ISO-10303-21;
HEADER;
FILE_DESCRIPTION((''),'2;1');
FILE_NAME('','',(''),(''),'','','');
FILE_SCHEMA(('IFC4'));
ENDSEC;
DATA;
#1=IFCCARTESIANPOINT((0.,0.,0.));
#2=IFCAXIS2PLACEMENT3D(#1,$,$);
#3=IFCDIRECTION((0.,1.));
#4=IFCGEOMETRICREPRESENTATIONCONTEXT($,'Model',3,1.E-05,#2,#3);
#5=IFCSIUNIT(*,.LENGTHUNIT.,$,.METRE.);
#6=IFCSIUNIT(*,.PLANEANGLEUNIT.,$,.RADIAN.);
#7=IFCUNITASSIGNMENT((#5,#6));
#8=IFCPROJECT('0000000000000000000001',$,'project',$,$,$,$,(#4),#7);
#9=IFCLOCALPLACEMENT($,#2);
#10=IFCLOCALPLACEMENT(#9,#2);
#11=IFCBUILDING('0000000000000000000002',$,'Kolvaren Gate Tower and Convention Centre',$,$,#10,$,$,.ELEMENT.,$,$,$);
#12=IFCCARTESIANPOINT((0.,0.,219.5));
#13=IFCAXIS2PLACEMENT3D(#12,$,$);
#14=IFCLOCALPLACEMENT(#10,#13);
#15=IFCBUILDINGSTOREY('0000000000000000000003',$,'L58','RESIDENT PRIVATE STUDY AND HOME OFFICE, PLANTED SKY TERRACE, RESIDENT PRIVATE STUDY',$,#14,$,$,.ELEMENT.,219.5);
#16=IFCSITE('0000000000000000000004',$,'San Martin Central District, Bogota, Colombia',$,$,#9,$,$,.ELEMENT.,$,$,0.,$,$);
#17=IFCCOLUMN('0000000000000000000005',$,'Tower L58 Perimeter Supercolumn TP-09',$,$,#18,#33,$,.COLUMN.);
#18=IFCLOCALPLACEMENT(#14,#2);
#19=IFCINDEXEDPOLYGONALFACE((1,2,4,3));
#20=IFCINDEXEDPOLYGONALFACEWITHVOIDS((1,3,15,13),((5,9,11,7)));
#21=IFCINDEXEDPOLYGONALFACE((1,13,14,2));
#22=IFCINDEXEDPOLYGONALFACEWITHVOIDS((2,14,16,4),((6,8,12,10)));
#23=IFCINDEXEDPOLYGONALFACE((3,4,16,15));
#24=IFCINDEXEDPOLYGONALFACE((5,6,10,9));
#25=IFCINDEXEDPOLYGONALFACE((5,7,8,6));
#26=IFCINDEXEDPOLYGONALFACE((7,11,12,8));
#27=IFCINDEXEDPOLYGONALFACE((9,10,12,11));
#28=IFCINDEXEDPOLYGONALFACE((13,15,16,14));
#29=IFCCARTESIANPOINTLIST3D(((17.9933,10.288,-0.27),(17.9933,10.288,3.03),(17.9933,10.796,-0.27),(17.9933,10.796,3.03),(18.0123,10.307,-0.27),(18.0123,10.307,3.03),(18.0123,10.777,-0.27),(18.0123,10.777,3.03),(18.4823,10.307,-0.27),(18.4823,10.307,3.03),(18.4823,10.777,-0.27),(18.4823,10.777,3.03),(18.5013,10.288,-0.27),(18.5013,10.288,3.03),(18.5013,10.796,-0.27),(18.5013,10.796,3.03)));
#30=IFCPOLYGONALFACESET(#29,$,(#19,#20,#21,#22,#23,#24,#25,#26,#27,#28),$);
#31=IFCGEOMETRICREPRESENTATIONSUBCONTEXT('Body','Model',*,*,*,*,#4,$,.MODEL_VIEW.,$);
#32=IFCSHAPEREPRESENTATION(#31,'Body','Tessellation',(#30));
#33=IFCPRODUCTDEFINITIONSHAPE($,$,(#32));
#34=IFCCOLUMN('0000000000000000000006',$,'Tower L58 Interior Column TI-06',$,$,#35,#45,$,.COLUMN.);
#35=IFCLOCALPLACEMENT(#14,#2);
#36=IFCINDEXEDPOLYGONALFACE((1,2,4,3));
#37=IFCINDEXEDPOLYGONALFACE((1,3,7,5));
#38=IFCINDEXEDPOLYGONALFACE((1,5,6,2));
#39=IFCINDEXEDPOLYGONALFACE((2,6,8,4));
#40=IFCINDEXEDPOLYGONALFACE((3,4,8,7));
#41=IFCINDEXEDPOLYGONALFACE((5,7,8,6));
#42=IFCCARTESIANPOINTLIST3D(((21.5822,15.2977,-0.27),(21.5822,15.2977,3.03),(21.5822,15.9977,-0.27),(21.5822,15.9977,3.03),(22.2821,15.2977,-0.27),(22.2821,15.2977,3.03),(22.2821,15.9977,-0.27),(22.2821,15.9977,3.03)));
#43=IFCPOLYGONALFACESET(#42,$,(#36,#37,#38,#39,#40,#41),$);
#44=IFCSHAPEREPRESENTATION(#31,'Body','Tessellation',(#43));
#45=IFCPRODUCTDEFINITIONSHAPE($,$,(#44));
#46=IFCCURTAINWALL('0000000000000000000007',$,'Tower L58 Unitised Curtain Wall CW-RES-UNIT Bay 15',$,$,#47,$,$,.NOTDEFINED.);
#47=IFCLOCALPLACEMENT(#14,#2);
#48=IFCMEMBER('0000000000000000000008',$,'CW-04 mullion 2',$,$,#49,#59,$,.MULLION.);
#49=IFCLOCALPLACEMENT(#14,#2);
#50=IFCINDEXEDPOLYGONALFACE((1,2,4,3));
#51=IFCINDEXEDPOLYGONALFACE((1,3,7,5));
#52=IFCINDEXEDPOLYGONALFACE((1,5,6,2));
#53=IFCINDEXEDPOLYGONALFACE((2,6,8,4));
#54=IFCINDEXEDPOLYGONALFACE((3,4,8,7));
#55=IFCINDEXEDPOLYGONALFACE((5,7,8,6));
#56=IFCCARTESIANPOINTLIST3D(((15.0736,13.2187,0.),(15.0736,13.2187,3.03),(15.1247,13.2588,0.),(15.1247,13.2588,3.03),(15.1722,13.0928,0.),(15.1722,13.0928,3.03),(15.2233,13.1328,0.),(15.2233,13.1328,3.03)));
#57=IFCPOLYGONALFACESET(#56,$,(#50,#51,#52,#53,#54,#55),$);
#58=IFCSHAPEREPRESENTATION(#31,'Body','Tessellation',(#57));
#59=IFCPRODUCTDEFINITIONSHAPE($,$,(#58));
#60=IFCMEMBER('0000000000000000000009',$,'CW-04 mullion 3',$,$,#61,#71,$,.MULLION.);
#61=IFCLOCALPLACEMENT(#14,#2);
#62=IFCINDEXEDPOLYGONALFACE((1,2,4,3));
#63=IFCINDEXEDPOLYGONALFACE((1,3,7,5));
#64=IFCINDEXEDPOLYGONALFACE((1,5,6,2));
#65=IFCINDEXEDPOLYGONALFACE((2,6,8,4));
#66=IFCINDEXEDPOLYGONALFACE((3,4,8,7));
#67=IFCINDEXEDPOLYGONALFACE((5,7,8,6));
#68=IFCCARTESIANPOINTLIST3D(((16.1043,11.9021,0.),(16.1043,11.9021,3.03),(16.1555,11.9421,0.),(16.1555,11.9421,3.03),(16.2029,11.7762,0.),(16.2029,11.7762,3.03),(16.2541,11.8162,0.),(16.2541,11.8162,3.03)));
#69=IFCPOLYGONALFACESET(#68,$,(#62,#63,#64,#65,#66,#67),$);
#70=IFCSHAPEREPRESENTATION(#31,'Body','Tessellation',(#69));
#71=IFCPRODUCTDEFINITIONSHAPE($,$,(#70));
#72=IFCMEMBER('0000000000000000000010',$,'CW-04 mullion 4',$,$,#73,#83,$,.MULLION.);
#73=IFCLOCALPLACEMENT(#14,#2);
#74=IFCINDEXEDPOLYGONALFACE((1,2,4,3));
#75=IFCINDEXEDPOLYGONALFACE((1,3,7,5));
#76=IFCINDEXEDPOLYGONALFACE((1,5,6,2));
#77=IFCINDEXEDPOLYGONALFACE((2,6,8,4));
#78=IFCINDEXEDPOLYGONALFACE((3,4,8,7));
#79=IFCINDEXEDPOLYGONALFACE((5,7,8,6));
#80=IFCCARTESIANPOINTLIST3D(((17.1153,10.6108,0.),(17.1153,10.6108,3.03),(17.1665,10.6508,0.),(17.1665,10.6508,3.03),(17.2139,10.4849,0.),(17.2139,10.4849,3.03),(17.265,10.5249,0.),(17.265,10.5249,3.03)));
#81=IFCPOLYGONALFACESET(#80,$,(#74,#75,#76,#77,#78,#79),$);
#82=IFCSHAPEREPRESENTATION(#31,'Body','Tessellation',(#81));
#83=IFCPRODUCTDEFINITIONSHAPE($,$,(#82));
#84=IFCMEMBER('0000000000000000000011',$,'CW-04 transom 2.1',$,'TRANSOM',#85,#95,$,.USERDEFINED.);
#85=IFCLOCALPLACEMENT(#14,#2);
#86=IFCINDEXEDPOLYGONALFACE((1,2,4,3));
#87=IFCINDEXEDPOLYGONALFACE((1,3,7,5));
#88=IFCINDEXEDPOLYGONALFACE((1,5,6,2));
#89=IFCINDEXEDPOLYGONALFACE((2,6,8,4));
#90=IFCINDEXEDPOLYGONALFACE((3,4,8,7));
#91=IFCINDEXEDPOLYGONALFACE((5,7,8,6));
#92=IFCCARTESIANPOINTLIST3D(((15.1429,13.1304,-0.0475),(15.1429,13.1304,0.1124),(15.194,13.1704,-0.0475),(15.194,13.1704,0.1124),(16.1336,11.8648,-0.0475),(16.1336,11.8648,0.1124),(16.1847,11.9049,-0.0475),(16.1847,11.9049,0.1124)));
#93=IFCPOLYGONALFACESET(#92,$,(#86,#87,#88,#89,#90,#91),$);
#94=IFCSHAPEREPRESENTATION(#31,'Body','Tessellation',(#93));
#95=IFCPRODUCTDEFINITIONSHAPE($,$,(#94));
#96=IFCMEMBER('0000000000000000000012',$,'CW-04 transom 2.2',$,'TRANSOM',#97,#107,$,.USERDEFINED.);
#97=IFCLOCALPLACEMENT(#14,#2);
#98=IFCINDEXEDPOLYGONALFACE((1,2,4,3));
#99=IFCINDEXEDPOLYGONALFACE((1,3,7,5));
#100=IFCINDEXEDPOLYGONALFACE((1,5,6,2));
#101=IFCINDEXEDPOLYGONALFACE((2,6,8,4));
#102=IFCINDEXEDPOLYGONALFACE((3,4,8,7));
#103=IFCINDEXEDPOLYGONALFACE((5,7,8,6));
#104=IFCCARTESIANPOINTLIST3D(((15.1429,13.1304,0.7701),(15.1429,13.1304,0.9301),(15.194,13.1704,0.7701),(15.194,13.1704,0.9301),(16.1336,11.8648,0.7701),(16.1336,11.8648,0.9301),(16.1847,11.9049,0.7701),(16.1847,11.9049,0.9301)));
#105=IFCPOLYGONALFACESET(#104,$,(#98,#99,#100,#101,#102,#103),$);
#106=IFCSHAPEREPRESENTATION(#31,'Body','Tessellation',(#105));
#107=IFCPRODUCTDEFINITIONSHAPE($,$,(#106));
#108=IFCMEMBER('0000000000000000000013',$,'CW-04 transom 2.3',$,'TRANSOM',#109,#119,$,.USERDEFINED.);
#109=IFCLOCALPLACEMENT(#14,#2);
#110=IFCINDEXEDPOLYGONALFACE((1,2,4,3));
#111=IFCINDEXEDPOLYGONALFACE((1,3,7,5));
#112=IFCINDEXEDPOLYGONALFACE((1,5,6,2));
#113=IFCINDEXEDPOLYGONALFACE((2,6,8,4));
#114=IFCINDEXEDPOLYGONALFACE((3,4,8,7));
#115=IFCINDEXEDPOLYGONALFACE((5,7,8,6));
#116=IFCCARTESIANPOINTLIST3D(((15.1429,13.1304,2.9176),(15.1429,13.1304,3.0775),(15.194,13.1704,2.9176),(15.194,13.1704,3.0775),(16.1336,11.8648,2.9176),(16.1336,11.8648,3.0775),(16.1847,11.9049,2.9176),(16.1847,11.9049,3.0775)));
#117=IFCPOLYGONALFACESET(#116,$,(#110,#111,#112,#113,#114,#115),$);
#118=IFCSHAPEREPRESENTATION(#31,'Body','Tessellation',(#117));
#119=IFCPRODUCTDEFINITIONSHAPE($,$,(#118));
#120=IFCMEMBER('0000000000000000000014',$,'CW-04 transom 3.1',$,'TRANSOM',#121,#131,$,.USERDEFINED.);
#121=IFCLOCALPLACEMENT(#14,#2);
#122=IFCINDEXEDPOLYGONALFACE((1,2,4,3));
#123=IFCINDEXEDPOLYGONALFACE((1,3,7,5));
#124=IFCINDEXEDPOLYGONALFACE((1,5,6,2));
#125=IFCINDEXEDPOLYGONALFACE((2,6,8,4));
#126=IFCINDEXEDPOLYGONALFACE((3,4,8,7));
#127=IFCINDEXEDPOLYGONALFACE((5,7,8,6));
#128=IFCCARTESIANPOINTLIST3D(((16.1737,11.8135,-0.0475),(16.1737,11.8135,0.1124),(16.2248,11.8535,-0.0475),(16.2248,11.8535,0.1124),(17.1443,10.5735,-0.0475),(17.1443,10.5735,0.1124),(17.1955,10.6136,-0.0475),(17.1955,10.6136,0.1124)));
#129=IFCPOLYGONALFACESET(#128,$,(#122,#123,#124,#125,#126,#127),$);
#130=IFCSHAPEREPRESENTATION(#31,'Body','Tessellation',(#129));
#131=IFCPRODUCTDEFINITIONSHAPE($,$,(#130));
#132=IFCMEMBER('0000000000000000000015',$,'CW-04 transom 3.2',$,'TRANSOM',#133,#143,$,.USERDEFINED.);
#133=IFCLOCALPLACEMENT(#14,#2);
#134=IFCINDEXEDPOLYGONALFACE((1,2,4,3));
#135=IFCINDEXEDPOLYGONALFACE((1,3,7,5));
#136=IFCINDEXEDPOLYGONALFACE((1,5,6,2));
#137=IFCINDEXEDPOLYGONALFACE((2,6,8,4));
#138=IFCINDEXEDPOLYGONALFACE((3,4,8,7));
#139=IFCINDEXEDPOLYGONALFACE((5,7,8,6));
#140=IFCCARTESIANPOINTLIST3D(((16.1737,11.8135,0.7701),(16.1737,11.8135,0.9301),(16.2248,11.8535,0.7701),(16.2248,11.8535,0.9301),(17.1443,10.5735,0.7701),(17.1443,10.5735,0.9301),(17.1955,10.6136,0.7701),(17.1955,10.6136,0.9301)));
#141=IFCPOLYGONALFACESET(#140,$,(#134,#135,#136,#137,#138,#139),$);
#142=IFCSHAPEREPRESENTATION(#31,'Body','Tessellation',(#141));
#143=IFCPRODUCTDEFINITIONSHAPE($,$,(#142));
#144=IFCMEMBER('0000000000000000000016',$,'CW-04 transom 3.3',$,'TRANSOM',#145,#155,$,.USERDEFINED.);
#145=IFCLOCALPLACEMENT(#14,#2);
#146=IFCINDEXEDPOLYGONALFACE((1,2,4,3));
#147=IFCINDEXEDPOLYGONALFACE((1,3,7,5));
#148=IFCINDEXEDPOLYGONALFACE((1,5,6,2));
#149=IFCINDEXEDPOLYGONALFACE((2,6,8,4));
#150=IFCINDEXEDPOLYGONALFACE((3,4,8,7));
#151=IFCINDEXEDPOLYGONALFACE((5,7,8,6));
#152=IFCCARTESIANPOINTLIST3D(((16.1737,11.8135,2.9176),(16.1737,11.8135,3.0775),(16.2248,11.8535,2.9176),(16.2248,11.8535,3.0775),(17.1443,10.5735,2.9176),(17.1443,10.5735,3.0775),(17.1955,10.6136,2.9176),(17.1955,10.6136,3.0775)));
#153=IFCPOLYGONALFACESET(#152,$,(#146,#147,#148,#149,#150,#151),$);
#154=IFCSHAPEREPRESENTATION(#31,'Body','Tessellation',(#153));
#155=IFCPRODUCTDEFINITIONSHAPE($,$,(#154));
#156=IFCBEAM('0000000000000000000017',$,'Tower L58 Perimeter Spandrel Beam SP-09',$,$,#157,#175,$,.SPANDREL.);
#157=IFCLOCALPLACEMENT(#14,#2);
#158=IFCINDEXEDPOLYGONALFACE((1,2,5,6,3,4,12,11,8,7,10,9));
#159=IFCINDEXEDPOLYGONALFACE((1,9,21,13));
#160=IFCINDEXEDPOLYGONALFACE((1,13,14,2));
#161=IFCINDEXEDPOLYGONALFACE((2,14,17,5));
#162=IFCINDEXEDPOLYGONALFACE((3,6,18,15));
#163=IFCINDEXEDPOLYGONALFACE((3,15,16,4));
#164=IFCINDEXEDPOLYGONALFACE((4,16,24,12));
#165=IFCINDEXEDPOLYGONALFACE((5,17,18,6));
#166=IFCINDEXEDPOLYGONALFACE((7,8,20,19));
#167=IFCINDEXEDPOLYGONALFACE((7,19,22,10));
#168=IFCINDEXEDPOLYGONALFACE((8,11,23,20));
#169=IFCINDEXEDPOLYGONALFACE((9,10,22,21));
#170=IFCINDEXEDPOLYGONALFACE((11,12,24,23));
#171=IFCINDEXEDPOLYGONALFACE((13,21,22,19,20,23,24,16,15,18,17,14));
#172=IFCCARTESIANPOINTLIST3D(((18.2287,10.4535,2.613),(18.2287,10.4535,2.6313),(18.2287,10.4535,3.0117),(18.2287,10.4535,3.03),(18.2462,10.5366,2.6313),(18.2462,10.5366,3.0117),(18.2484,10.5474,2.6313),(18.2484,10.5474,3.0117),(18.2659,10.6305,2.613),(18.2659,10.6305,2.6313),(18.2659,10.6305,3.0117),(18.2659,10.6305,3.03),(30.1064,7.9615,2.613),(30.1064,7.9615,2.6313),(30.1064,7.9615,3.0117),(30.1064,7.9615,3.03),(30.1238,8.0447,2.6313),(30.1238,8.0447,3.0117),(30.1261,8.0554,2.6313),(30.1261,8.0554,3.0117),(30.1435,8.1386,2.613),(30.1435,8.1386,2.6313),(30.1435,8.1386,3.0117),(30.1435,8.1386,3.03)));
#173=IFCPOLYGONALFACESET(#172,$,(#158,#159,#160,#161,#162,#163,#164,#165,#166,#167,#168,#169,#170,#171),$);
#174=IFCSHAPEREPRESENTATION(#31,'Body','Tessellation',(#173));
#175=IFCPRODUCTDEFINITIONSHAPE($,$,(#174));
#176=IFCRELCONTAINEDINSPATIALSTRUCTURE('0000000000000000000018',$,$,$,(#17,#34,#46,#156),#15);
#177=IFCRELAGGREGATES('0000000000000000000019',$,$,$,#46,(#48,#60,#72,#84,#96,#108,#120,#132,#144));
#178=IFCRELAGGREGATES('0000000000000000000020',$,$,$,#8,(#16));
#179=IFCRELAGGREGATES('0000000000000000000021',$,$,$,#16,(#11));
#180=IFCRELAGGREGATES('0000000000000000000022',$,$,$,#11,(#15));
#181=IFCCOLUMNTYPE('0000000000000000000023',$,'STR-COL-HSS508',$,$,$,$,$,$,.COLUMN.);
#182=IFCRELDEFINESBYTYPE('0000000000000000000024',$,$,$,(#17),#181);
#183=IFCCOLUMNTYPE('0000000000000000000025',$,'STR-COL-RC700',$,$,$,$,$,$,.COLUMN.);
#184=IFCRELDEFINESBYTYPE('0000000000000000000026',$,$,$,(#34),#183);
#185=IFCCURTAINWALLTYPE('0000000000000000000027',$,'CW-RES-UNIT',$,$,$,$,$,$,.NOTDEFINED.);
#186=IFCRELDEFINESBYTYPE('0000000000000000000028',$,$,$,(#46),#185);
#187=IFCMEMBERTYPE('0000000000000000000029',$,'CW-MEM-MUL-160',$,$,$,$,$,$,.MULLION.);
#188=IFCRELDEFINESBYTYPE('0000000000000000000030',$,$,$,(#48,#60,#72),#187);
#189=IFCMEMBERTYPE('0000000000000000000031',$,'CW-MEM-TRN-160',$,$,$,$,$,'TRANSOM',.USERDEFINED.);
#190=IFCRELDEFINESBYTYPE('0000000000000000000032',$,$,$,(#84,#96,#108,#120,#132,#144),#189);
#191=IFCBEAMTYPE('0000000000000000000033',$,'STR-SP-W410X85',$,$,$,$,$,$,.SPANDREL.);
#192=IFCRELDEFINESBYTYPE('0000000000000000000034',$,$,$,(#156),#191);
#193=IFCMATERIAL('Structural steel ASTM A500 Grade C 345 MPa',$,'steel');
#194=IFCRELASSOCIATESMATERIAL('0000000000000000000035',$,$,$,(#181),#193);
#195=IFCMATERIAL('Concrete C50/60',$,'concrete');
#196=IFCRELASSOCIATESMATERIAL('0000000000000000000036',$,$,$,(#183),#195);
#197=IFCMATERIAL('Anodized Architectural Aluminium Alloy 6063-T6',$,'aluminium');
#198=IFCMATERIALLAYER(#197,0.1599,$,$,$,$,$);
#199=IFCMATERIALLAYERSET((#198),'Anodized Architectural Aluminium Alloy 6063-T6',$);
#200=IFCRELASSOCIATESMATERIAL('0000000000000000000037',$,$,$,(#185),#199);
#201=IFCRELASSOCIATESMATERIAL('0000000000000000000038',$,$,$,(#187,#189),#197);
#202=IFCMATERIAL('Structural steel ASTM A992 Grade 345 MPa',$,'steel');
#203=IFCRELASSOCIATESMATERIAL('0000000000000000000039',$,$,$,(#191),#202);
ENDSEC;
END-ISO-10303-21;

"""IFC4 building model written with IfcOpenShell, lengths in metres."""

from ifc_helpers import new_model, si_unit, direction, frame, origin, origin_2d, place, context, subcontext, project, spatial, rectangle, hollow_rectangle, i_section, extrude, material, layer, layer_set, material_profile, profile_set, type_object, element, aggregate, save


model = new_model("IFC4")

# Units and contexts
model_context = context("Model", 3, precision=1e-05, world=origin(), true_north=direction((0.0, 1.0)))
body_context = subcontext(model_context, "Body", "Model", "MODEL_VIEW")
ifc_project = project(units=[si_unit("LENGTHUNIT", "METRE"), si_unit("PLANEANGLEUNIT", "RADIAN")], contexts=[model_context])

# Site, building, storey
site_placement = place(None, origin())
site = spatial("IfcSite", under=ifc_project, at=site_placement, Name="San Martin Central District, Bogota, Colombia", CompositionType="ELEMENT", RefElevation=0.0)
building_placement = place(site_placement, origin())
building = spatial("IfcBuilding", under=site, at=building_placement, Name="Kolvaren Gate Tower and Convention Centre", CompositionType="ELEMENT")
storey_placement = place(building_placement, frame((0.0, 0.0, 219.5)))
storey = spatial("IfcBuildingStorey", under=building, at=storey_placement, Name="L58", Description="RESIDENT PRIVATE STUDY AND HOME OFFICE, PLANTED SKY TERRACE, RESIDENT PRIVATE STUDY", CompositionType="ELEMENT", Elevation=219.5)

# Columns
ifc_material_1 = material(Name="Structural steel ASTM A500 Grade C 345 MPa", Category="steel")
ifc_material_profile_1 = material_profile(ifc_material_1, hollow_rectangle(XDim=0.5081, YDim=0.5081, WallThickness=0.019, at=origin_2d()), Name="HSS508X508X19.1")
ifc_profile_set_1 = profile_set([ifc_material_profile_1], Name="Structural steel ASTM A500 Grade C 345 MPa")
column_type_1 = type_object("IfcColumnType", Name="STR-COL-HSS508", PredefinedType="COLUMN", material=ifc_profile_set_1)
column_1_placement = place(storey_placement, frame((18.2473, 10.542, -0.27), z_axis=(0.0, 0.0, 1.0), x_axis=(1.0, 0.0, 0.0)))
element("IfcColumn", 1, at=column_1_placement, inside=storey, type_object=column_type_1, Name="Tower L58 Perimeter Supercolumn TP-09", PredefinedType="COLUMN", context=body_context, shape_type="SweptSolid", body=[
    extrude(hollow_rectangle(XDim=0.5081, YDim=0.5081, WallThickness=0.019, at=origin_2d()), origin(), (0.0, 0.0, 1.0), 3.3),
])
ifc_material_2 = material(Name="Concrete C50/60", Category="concrete")
ifc_material_profile_2 = material_profile(ifc_material_2, rectangle(XDim=0.7, YDim=0.7, at=origin_2d()), Name="RC-COL-700X700")
ifc_profile_set_2 = profile_set([ifc_material_profile_2], Name="Concrete C50/60")
column_type_2 = type_object("IfcColumnType", Name="STR-COL-RC700", PredefinedType="COLUMN", material=ifc_profile_set_2)
column_2_placement = place(storey_placement, frame((21.9321, 15.6477, -0.27), z_axis=(0.0, 0.0, 1.0), x_axis=(1.0, 0.0, 0.0)))
element("IfcColumn", 2, at=column_2_placement, inside=storey, type_object=column_type_2, Name="Tower L58 Interior Column TI-06", PredefinedType="COLUMN", context=body_context, shape_type="SweptSolid", body=[
    extrude(rectangle(XDim=0.7, YDim=0.7, at=origin_2d()), origin(), (0.0, 0.0, 1.0), 3.3),
])

# Curtain wall, members
ifc_material_3 = material(Name="Anodized Architectural Aluminium Alloy 6063-T6", Category="aluminium")
ifc_layer_1 = layer(ifc_material_3, 0.1599)
ifc_layer_set_1 = layer_set([ifc_layer_1], Name="Anodized Architectural Aluminium Alloy 6063-T6")
curtain_wall_type = type_object("IfcCurtainWallType", Name="CW-RES-UNIT", PredefinedType="NOTDEFINED", material=ifc_layer_set_1)
curtain_wall_placement = place(storey_placement, origin())
curtain_wall = element("IfcCurtainWall", 3, at=curtain_wall_placement, inside=storey, type_object=curtain_wall_type, Name="Tower L58 Unitised Curtain Wall CW-RES-UNIT Bay 15", PredefinedType="NOTDEFINED")
ifc_material_profile_3 = material_profile(ifc_material_3, rectangle(XDim=0.0649, YDim=0.1599, at=origin_2d()), Name="CW-MEM-MUL-160")
ifc_profile_set_3 = profile_set([ifc_material_profile_3], Name="Anodized Architectural Aluminium Alloy 6063-T6")
member_type_1 = type_object("IfcMemberType", Name="CW-MEM-MUL-160", PredefinedType="MULLION", material=ifc_profile_set_3)
member_1_placement = place(storey_placement, frame((15.1484, 13.1758, 0.0), z_axis=(0.0, 0.0, 1.0), x_axis=(0.78741, 0.61643, 0.0)))
member_1 = element("IfcMember", 4, at=member_1_placement, type_object=member_type_1, Name="CW-04 mullion 2", PredefinedType="MULLION", context=body_context, shape_type="SweptSolid", body=[
    extrude(rectangle(XDim=0.0649, YDim=0.1599, at=origin_2d()), origin(), (0.0, 0.0, 1.0), 3.03),
])
member_2_placement = place(storey_placement, frame((16.1792, 11.8591, 0.0), z_axis=(0.0, 0.0, 1.0), x_axis=(0.78741, 0.61643, 0.0)))
member_2 = element("IfcMember", 5, at=member_2_placement, type_object=member_type_1, Name="CW-04 mullion 3", PredefinedType="MULLION", context=body_context, shape_type="SweptSolid", body=[
    extrude(rectangle(XDim=0.0649, YDim=0.1599, at=origin_2d()), origin(), (0.0, 0.0, 1.0), 3.03),
])
member_3_placement = place(storey_placement, frame((17.1902, 10.5679, 0.0), z_axis=(0.0, 0.0, 1.0), x_axis=(0.78741, 0.61643, 0.0)))
member_3 = element("IfcMember", 6, at=member_3_placement, type_object=member_type_1, Name="CW-04 mullion 4", PredefinedType="MULLION", context=body_context, shape_type="SweptSolid", body=[
    extrude(rectangle(XDim=0.0649, YDim=0.1599, at=origin_2d()), origin(), (0.0, 0.0, 1.0), 3.03),
])
ifc_material_profile_4 = material_profile(ifc_material_3, rectangle(XDim=0.0649, YDim=0.1599, at=origin_2d()), Name="CW-MEM-TRN-160")
ifc_profile_set_4 = profile_set([ifc_material_profile_4], Name="Anodized Architectural Aluminium Alloy 6063-T6")
member_type_2 = type_object("IfcMemberType", Name="CW-MEM-TRN-160", ElementType="TRANSOM", PredefinedType="USERDEFINED", material=ifc_profile_set_4)
member_4_placement = place(storey_placement, frame((15.1685, 13.1504, 0.0325), z_axis=(0.616398, -0.787434, 0.0), x_axis=(0.787434, 0.616398, 0.0)))
member_4 = element("IfcMember", 7, at=member_4_placement, type_object=member_type_2, Name="CW-04 transom 2.1", ObjectType="TRANSOM", PredefinedType="USERDEFINED", context=body_context, shape_type="SweptSolid", body=[
    extrude(rectangle(XDim=0.0649, YDim=0.1599, at=origin_2d()), origin(), (0.0, 0.0, 1.0), 1.6072),
])
member_5_placement = place(storey_placement, frame((15.1685, 13.1504, 0.8501), z_axis=(0.616398, -0.787434, 0.0), x_axis=(0.787434, 0.616398, 0.0)))
member_5 = element("IfcMember", 8, at=member_5_placement, type_object=member_type_2, Name="CW-04 transom 2.2", ObjectType="TRANSOM", PredefinedType="USERDEFINED", context=body_context, shape_type="SweptSolid", body=[
    extrude(rectangle(XDim=0.0649, YDim=0.1599, at=origin_2d()), origin(), (0.0, 0.0, 1.0), 1.6072),
])
member_6_placement = place(storey_placement, frame((15.1685, 13.1504, 2.9976), z_axis=(0.616398, -0.787434, 0.0), x_axis=(0.787434, 0.616398, 0.0)))
member_6 = element("IfcMember", 9, at=member_6_placement, type_object=member_type_2, Name="CW-04 transom 2.3", ObjectType="TRANSOM", PredefinedType="USERDEFINED", context=body_context, shape_type="SweptSolid", body=[
    extrude(rectangle(XDim=0.0649, YDim=0.1599, at=origin_2d()), origin(), (0.0, 0.0, 1.0), 1.6072),
])
member_7_placement = place(storey_placement, frame((16.1992, 11.8335, 0.0325), z_axis=(0.616417, -0.78742, 0.0), x_axis=(0.78742, 0.616417, 0.0)))
member_7 = element("IfcMember", 10, at=member_7_placement, type_object=member_type_2, Name="CW-04 transom 3.1", ObjectType="TRANSOM", PredefinedType="USERDEFINED", context=body_context, shape_type="SweptSolid", body=[
    extrude(rectangle(XDim=0.0649, YDim=0.1599, at=origin_2d()), origin(), (0.0, 0.0, 1.0), 1.5747),
])
member_8_placement = place(storey_placement, frame((16.1992, 11.8335, 0.8501), z_axis=(0.616417, -0.78742, 0.0), x_axis=(0.78742, 0.616417, 0.0)))
member_8 = element("IfcMember", 11, at=member_8_placement, type_object=member_type_2, Name="CW-04 transom 3.2", ObjectType="TRANSOM", PredefinedType="USERDEFINED", context=body_context, shape_type="SweptSolid", body=[
    extrude(rectangle(XDim=0.0649, YDim=0.1599, at=origin_2d()), origin(), (0.0, 0.0, 1.0), 1.5747),
])
member_9_placement = place(storey_placement, frame((16.1992, 11.8335, 2.9976), z_axis=(0.616417, -0.78742, 0.0), x_axis=(0.78742, 0.616417, 0.0)))
member_9 = element("IfcMember", 12, at=member_9_placement, type_object=member_type_2, Name="CW-04 transom 3.3", ObjectType="TRANSOM", PredefinedType="USERDEFINED", context=body_context, shape_type="SweptSolid", body=[
    extrude(rectangle(XDim=0.0649, YDim=0.1599, at=origin_2d()), origin(), (0.0, 0.0, 1.0), 1.5747),
])

# Beam
ifc_material_4 = material(Name="Structural steel ASTM A992 Grade 345 MPa", Category="steel")
ifc_material_profile_5 = material_profile(ifc_material_4, i_section(OverallWidth=0.1809, OverallDepth=0.417, WebThickness=0.011, FlangeThickness=0.0183, at=origin_2d()), Name="W410X85")
ifc_profile_set_5 = profile_set([ifc_material_profile_5], Name="Structural steel ASTM A992 Grade 345 MPa")
beam_type = type_object("IfcBeamType", Name="STR-SP-W410X85", PredefinedType="SPANDREL", material=ifc_profile_set_5)
beam_placement = place(storey_placement, frame((18.2473, 10.542, 2.8215), z_axis=(0.978693, -0.20533, 0.0), x_axis=(0.20533, 0.978693, 0.0)))
element("IfcBeam", 13, at=beam_placement, inside=storey, type_object=beam_type, Name="Tower L58 Perimeter Spandrel Beam SP-09", PredefinedType="SPANDREL", context=body_context, shape_type="SweptSolid", body=[
    extrude(i_section(OverallWidth=0.1809, OverallDepth=0.417, WebThickness=0.011, FlangeThickness=0.0183, at=origin_2d()), origin(), (0.0, 0.0, 1.0), 12.1362),
])

aggregate(curtain_wall, [member_1, member_2, member_3, member_4, member_5, member_6, member_7, member_8, member_9])

save(model, "model.ifc")
